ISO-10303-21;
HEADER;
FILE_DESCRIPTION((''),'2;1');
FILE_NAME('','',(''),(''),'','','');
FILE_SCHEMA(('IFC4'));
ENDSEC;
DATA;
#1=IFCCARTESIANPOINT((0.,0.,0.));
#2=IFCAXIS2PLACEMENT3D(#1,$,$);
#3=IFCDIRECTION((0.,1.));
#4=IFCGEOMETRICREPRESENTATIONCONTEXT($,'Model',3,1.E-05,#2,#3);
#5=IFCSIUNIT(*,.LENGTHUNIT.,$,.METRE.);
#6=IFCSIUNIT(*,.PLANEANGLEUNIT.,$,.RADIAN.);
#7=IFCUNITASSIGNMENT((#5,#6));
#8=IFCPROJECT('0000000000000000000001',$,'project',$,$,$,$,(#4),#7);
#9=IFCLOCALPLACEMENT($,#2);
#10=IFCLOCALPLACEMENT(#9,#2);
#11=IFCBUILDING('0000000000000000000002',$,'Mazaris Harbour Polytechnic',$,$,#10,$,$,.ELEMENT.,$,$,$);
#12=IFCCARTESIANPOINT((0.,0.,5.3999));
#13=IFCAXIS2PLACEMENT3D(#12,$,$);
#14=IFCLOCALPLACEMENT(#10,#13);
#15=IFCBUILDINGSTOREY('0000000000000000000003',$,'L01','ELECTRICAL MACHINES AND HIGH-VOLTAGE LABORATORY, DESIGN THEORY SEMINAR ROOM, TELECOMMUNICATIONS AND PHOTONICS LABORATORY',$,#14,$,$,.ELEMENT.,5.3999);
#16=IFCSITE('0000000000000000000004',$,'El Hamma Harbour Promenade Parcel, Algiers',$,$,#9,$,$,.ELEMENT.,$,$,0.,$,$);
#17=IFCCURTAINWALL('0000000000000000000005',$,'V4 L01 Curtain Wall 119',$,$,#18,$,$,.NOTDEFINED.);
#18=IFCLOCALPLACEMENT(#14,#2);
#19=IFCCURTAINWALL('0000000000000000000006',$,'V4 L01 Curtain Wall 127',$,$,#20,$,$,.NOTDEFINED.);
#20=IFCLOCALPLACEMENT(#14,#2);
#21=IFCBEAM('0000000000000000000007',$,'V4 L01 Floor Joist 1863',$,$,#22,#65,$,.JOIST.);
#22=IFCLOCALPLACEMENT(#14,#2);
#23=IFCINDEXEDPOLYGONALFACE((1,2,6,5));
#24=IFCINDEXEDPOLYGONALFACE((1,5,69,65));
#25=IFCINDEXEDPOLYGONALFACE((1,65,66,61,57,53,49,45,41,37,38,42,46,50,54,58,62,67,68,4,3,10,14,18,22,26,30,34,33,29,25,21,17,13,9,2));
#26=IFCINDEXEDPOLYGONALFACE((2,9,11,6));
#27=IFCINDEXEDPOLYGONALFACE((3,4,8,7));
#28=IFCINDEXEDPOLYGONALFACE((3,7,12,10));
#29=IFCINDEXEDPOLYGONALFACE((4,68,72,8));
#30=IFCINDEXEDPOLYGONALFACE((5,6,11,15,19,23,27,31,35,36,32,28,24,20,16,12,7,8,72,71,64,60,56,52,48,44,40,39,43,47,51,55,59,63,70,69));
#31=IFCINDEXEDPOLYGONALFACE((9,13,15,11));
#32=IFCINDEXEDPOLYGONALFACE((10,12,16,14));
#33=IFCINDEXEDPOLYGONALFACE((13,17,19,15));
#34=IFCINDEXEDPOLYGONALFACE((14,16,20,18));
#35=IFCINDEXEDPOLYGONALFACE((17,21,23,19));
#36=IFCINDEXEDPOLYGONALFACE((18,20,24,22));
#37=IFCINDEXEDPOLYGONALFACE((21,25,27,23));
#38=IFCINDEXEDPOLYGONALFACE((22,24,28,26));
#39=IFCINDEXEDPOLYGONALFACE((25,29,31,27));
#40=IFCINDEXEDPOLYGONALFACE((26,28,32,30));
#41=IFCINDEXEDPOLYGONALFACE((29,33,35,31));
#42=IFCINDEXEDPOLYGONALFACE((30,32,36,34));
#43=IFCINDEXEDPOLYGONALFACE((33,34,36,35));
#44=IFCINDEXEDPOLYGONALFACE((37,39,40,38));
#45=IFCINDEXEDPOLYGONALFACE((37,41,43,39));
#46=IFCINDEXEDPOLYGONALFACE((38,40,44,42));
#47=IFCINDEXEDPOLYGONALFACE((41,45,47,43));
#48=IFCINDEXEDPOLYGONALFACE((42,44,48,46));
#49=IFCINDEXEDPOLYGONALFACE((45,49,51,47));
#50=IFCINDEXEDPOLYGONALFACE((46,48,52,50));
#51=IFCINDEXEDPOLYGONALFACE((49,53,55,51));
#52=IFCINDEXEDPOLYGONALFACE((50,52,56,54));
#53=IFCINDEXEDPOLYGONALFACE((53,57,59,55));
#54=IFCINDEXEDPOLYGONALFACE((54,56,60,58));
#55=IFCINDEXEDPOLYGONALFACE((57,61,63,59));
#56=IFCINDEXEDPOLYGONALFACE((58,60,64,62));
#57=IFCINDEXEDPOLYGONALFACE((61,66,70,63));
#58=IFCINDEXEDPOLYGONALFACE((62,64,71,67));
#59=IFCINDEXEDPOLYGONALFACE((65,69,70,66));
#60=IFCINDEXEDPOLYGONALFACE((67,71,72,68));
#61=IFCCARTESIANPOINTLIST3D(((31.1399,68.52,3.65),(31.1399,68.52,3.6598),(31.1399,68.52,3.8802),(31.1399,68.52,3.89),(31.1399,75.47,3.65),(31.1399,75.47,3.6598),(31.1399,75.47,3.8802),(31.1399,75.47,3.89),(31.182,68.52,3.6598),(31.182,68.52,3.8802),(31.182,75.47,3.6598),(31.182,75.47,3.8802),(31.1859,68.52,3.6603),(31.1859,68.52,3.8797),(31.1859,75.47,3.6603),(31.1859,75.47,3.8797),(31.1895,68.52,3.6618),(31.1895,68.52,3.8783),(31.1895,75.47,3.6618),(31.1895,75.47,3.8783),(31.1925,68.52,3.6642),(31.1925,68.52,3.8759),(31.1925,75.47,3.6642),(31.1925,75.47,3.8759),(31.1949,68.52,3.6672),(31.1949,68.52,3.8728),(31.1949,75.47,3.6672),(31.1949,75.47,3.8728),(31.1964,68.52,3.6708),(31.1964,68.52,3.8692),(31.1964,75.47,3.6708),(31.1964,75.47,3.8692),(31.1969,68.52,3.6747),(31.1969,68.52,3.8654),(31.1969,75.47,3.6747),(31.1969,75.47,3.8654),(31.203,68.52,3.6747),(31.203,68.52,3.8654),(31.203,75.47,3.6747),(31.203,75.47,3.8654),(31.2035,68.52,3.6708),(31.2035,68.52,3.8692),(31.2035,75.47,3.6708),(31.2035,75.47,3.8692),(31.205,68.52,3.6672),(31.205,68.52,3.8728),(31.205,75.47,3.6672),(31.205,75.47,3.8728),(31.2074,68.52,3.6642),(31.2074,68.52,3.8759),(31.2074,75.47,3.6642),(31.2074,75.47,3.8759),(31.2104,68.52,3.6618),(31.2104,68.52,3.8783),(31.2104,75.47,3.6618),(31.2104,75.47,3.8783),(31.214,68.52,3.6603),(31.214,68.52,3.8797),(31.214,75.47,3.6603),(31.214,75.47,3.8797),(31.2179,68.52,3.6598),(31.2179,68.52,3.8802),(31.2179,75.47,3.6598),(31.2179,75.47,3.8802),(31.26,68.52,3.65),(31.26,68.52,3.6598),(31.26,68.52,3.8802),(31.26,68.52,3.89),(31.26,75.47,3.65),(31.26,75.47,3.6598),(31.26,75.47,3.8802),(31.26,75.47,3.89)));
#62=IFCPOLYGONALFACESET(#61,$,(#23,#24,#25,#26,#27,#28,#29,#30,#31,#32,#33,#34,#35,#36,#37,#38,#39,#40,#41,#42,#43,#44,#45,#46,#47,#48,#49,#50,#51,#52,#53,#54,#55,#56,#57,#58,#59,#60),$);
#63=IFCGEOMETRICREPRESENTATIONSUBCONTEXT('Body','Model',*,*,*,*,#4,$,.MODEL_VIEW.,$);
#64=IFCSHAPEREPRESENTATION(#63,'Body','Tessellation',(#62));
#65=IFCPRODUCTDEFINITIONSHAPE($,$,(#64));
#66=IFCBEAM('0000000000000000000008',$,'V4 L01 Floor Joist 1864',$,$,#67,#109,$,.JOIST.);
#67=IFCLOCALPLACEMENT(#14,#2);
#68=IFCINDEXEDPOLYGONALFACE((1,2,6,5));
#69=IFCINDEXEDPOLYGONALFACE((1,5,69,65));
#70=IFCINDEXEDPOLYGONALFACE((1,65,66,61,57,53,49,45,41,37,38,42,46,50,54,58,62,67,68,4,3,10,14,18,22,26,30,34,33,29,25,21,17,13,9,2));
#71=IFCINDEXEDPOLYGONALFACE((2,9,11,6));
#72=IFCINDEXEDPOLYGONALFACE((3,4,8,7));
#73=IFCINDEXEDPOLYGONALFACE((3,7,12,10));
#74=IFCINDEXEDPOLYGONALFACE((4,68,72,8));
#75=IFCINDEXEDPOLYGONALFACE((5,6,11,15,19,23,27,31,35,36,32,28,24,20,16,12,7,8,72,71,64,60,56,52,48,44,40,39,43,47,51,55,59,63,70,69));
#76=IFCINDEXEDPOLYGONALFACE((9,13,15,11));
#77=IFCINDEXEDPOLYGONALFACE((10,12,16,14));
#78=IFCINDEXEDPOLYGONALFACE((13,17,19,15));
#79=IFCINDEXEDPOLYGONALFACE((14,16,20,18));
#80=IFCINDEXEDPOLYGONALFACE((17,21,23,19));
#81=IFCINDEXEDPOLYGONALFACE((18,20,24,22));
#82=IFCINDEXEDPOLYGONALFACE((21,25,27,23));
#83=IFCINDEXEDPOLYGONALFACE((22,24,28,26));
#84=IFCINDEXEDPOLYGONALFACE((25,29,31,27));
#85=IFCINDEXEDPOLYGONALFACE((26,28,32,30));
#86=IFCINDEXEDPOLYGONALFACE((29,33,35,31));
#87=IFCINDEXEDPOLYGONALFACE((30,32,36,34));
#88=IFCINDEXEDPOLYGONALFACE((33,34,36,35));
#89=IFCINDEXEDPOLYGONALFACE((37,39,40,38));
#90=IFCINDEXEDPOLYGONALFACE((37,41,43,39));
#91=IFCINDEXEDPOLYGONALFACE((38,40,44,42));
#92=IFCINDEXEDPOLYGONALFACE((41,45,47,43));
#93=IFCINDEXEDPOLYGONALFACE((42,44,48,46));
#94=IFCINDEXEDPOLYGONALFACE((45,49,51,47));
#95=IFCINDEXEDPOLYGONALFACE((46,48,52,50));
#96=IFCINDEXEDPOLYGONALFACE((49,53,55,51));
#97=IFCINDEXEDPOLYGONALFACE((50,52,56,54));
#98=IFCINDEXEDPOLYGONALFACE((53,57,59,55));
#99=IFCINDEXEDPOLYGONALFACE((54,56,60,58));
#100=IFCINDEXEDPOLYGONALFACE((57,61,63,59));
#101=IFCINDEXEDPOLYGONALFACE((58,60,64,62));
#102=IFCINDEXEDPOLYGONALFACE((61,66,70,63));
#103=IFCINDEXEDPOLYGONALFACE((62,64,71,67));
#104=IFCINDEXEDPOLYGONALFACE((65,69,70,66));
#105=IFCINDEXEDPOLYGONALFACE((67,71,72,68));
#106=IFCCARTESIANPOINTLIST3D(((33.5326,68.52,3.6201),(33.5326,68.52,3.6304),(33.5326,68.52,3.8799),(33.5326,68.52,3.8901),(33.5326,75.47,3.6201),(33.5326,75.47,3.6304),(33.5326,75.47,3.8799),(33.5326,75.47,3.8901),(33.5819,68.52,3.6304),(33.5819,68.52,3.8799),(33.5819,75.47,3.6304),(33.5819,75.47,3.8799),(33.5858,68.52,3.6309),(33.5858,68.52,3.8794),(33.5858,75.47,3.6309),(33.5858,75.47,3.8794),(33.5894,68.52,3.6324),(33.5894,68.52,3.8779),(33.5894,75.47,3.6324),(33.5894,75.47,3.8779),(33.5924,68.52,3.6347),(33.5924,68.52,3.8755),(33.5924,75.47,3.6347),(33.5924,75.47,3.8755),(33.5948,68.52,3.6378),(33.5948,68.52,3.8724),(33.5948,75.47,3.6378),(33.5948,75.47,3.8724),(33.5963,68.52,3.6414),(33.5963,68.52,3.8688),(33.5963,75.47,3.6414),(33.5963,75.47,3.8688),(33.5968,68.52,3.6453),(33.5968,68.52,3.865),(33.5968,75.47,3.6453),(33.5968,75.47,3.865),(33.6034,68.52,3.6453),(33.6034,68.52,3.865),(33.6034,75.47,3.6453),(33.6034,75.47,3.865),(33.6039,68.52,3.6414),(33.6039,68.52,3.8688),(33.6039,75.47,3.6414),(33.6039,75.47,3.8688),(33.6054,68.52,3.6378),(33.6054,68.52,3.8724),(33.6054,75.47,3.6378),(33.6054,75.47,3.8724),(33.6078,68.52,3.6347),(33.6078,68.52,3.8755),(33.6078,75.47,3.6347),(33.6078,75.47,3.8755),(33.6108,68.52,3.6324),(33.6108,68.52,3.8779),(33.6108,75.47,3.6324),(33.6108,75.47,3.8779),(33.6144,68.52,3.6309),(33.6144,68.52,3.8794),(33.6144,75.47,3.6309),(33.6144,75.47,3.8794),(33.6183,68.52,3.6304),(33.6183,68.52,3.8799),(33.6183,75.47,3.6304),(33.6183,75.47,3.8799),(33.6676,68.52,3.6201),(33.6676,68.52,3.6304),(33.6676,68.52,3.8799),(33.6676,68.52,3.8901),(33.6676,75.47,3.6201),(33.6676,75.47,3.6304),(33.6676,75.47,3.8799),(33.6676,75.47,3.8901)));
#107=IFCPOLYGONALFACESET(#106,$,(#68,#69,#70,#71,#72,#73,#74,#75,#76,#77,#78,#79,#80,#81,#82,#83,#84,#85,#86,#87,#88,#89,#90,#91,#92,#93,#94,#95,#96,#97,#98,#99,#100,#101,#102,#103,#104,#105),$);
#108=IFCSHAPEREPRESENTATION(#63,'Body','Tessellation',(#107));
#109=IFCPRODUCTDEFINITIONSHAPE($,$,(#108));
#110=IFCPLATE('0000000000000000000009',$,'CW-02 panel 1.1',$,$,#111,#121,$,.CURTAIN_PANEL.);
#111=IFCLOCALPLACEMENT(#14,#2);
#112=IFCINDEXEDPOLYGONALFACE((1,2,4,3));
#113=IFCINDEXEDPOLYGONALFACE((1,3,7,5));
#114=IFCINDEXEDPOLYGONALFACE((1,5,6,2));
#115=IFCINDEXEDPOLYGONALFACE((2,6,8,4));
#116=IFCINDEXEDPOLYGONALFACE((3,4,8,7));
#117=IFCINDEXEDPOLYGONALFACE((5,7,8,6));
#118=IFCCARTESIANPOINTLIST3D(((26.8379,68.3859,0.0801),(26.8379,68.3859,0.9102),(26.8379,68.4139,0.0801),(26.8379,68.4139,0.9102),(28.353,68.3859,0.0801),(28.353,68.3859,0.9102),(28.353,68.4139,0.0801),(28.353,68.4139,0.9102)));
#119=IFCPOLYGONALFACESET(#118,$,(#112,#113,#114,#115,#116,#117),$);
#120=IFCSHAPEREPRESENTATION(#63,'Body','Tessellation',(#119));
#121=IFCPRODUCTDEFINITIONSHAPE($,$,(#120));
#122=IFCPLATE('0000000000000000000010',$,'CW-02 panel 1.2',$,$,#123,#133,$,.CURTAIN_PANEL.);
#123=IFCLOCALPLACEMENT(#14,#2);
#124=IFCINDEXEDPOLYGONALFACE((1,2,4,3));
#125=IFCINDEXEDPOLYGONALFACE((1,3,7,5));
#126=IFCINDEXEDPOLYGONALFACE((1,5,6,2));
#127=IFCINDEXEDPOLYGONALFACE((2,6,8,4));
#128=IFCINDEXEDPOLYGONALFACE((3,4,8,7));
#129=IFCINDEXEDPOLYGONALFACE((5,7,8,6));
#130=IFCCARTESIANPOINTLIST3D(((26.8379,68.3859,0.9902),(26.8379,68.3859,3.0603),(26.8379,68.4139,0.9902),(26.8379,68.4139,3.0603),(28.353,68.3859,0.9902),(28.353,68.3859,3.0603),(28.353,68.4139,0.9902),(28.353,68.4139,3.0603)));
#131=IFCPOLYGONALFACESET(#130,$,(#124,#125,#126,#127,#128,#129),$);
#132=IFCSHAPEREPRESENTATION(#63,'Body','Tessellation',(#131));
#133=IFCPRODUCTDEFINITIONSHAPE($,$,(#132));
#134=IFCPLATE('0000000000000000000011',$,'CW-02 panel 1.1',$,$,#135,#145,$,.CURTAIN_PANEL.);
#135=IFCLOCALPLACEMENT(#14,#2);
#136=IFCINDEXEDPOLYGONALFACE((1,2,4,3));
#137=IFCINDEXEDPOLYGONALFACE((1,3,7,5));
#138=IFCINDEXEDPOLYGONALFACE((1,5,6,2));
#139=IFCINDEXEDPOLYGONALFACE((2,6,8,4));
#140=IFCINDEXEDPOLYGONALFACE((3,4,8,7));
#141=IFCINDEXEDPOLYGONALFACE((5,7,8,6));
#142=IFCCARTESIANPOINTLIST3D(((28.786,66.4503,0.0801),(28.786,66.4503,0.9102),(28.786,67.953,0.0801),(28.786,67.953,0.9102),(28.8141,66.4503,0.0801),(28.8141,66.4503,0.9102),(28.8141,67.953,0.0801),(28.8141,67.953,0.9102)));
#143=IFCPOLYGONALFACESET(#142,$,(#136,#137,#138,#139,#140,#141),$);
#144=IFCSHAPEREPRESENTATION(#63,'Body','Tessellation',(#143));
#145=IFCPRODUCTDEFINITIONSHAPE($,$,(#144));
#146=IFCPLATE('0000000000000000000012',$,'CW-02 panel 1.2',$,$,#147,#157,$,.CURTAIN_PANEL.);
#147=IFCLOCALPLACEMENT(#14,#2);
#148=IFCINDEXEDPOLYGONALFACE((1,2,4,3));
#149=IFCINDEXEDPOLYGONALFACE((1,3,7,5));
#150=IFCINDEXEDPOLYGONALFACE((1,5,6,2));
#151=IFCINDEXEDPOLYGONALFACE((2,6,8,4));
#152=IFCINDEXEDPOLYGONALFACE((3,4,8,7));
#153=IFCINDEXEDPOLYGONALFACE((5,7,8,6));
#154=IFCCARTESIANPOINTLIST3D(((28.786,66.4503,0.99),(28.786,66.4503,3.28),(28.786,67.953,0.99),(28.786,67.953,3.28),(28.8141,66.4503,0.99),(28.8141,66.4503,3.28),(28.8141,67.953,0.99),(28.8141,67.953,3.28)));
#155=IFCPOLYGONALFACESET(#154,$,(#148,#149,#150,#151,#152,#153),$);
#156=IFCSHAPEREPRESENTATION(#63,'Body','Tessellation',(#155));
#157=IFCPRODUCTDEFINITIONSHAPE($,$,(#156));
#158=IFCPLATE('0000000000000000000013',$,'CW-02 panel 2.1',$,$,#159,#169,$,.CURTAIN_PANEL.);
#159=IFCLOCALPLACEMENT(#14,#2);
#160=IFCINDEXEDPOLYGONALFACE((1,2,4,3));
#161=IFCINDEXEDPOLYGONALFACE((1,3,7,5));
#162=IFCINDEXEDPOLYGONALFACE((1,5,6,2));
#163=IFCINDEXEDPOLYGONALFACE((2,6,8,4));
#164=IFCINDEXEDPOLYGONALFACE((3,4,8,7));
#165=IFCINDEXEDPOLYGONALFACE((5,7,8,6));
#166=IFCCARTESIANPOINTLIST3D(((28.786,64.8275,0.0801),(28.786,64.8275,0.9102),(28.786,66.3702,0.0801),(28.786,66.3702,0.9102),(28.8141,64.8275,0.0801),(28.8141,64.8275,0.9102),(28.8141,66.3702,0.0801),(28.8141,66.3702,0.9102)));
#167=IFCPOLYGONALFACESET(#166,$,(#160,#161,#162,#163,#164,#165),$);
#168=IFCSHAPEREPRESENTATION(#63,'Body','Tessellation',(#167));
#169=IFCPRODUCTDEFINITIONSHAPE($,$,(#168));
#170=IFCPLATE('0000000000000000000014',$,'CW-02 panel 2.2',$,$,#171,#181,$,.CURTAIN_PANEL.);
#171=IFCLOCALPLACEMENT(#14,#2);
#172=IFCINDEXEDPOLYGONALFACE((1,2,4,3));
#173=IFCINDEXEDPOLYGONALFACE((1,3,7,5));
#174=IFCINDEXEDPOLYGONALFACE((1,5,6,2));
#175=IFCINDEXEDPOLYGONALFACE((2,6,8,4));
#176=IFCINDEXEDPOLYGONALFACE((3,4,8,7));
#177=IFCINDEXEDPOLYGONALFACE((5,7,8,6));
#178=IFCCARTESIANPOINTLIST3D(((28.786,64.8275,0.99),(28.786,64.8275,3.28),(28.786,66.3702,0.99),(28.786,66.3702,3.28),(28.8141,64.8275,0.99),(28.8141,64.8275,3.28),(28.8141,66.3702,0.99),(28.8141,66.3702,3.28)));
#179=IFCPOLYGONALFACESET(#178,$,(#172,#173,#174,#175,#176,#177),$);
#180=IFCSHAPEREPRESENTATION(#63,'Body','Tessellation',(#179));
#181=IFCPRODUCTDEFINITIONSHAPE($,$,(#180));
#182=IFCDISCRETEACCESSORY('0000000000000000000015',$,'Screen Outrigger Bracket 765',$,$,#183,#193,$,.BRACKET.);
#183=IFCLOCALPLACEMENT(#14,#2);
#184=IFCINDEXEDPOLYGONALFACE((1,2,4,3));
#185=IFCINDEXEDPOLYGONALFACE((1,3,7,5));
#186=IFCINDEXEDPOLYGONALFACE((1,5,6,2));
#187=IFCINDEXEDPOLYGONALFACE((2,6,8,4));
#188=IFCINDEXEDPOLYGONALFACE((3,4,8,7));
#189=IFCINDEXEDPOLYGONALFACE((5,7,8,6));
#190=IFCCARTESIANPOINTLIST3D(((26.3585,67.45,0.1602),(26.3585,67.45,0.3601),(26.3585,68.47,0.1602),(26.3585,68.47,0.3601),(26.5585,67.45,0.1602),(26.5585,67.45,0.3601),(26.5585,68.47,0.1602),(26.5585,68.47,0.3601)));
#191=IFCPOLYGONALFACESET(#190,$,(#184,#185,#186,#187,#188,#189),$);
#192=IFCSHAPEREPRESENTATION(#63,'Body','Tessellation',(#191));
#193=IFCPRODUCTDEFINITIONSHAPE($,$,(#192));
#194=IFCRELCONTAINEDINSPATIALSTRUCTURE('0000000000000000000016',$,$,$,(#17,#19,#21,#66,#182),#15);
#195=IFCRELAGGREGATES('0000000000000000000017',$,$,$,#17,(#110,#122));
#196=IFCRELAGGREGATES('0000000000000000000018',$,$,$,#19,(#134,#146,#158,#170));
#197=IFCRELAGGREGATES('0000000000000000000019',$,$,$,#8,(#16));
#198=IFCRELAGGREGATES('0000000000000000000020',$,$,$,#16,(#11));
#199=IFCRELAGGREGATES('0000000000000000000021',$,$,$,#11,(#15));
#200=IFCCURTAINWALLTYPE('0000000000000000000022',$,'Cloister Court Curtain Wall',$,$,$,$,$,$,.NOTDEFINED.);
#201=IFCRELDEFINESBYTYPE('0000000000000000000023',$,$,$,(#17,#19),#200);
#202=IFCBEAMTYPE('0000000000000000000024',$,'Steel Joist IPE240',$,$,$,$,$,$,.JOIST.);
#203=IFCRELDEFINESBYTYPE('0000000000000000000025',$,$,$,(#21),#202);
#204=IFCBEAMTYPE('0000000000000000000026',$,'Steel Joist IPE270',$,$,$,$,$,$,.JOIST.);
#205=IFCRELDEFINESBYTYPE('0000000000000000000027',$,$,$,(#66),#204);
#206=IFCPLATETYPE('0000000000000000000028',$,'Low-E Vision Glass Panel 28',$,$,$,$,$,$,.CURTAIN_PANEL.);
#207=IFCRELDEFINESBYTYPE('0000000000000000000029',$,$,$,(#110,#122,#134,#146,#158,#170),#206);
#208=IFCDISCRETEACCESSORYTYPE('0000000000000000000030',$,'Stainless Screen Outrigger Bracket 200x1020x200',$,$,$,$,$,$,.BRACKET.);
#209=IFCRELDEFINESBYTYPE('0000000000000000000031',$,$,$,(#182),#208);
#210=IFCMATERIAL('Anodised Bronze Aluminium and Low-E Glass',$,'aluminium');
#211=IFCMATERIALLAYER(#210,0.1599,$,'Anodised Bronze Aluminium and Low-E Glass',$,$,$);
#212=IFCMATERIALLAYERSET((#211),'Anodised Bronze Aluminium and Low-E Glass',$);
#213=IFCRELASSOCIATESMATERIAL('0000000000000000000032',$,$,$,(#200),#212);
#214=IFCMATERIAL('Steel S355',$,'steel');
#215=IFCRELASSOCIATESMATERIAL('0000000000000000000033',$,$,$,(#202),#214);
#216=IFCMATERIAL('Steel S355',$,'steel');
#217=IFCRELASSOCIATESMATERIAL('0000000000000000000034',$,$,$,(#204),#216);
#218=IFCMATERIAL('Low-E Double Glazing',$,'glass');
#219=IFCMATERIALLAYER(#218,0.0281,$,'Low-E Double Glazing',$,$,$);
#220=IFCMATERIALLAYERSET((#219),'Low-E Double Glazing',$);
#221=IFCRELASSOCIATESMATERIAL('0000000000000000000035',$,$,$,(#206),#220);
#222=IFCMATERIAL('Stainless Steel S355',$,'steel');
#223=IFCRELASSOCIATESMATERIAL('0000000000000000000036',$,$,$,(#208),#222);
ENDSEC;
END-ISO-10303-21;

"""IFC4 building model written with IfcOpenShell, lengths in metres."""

from ifc_helpers import new_model, si_unit, direction, frame, origin, origin_2d, place, context, subcontext, project, spatial, rectangle, i_section, extrude, material, layer, layer_set, material_profile, profile_set, type_object, element, aggregate, save


model = new_model("IFC4")

# Units and contexts
model_context = context("Model", 3, precision=1e-05, world=origin(), true_north=direction((0.0, 1.0)))
body_context = subcontext(model_context, "Body", "Model", "MODEL_VIEW")
ifc_project = project(units=[si_unit("LENGTHUNIT", "METRE"), si_unit("PLANEANGLEUNIT", "RADIAN")], contexts=[model_context])

# Site, building, storey
site_placement = place(None, origin())
site = spatial("IfcSite", under=ifc_project, at=site_placement, Name="El Hamma Harbour Promenade Parcel, Algiers", CompositionType="ELEMENT", RefElevation=0.0)
building_placement = place(site_placement, origin())
building = spatial("IfcBuilding", under=site, at=building_placement, Name="Mazaris Harbour Polytechnic", CompositionType="ELEMENT")
storey_placement = place(building_placement, frame((0.0, 0.0, 5.3999)))
storey = spatial("IfcBuildingStorey", under=building, at=storey_placement, Name="L01", Description="ELECTRICAL MACHINES AND HIGH-VOLTAGE LABORATORY, DESIGN THEORY SEMINAR ROOM, TELECOMMUNICATIONS AND PHOTONICS LABORATORY", CompositionType="ELEMENT", Elevation=5.3999)

# Curtain walls
ifc_material_1 = material(Name="Anodised Bronze Aluminium and Low-E Glass", Category="aluminium")
ifc_layer_1 = layer(ifc_material_1, 0.1599, Name="Anodised Bronze Aluminium and Low-E Glass")
ifc_layer_set_1 = layer_set([ifc_layer_1], Name="Anodised Bronze Aluminium and Low-E Glass")
curtain_wall_type = type_object("IfcCurtainWallType", Name="Cloister Court Curtain Wall", PredefinedType="NOTDEFINED", material=ifc_layer_set_1)
curtain_wall_1_placement = place(storey_placement, origin())
curtain_wall_1 = element("IfcCurtainWall", 1, at=curtain_wall_1_placement, inside=storey, type_object=curtain_wall_type, Name="V4 L01 Curtain Wall 119", PredefinedType="NOTDEFINED")
curtain_wall_2_placement = place(storey_placement, origin())
curtain_wall_2 = element("IfcCurtainWall", 2, at=curtain_wall_2_placement, inside=storey, type_object=curtain_wall_type, Name="V4 L01 Curtain Wall 127", PredefinedType="NOTDEFINED")

# Beams
ifc_material_2 = material(Name="Steel S355", Category="steel")
ifc_material_profile_1 = material_profile(ifc_material_2, i_section(OverallWidth=0.1201, OverallDepth=0.24, WebThickness=0.0061, FlangeThickness=0.0098, FilletRadius=0.0149, at=origin_2d()), Name="IPE 240")
ifc_profile_set_1 = profile_set([ifc_material_profile_1], Name="Steel S355")
beam_type_1 = type_object("IfcBeamType", Name="Steel Joist IPE240", PredefinedType="JOIST", material=ifc_profile_set_1)
beam_1_placement = place(storey_placement, frame((31.2, 68.52, 3.77), z_axis=(0.0, 1.0, 0.0), x_axis=(-1.0, 0.0, 0.0)))
element("IfcBeam", 3, at=beam_1_placement, inside=storey, type_object=beam_type_1, Name="V4 L01 Floor Joist 1863", PredefinedType="JOIST", context=body_context, shape_type="SweptSolid", body=[
    extrude(i_section(OverallWidth=0.1201, OverallDepth=0.24, WebThickness=0.0061, FlangeThickness=0.0098, FilletRadius=0.0149, at=origin_2d()), origin(), (0.0, 0.0, 1.0), 6.95),
])
ifc_material_3 = material(Name="Steel S355", Category="steel")
ifc_material_profile_2 = material_profile(ifc_material_3, i_section(OverallWidth=0.135, OverallDepth=0.27, WebThickness=0.0066, FlangeThickness=0.0103, FilletRadius=0.0149, at=origin_2d()), Name="IPE 270")
ifc_profile_set_2 = profile_set([ifc_material_profile_2], Name="Steel S355")
beam_type_2 = type_object("IfcBeamType", Name="Steel Joist IPE270", PredefinedType="JOIST", material=ifc_profile_set_2)
beam_2_placement = place(storey_placement, frame((33.6001, 68.52, 3.7551), z_axis=(0.0, 1.0, 0.0), x_axis=(-1.0, 0.0, 0.0)))
element("IfcBeam", 4, at=beam_2_placement, inside=storey, type_object=beam_type_2, Name="V4 L01 Floor Joist 1864", PredefinedType="JOIST", context=body_context, shape_type="SweptSolid", body=[
    extrude(i_section(OverallWidth=0.135, OverallDepth=0.27, WebThickness=0.0066, FlangeThickness=0.0103, FilletRadius=0.0149, at=origin_2d()), origin(), (0.0, 0.0, 1.0), 6.95),
])

# Plates
ifc_material_4 = material(Name="Low-E Double Glazing", Category="glass")
ifc_layer_2 = layer(ifc_material_4, 0.0281, Name="Low-E Double Glazing")
ifc_layer_set_2 = layer_set([ifc_layer_2], Name="Low-E Double Glazing")
plate_type = type_object("IfcPlateType", Name="Low-E Vision Glass Panel 28", PredefinedType="CURTAIN_PANEL", material=ifc_layer_set_2)
plate_1_placement = place(storey_placement, frame((27.5955, 68.3999, 0.0801), z_axis=(0.0, 0.0, 1.0), x_axis=(-1.0, 0.0, 0.0)))
plate_1 = element("IfcPlate", 5, at=plate_1_placement, type_object=plate_type, Name="CW-02 panel 1.1", PredefinedType="CURTAIN_PANEL", context=body_context, shape_type="SweptSolid", body=[
    extrude(rectangle(XDim=1.5151, YDim=0.0281, at=origin_2d()), origin(), (0.0, 0.0, 1.0), 0.8301),
])
plate_2_placement = place(storey_placement, frame((27.5955, 68.3999, 0.9902), z_axis=(0.0, 0.0, 1.0), x_axis=(-1.0, 0.0, 0.0)))
plate_2 = element("IfcPlate", 6, at=plate_2_placement, type_object=plate_type, Name="CW-02 panel 1.2", PredefinedType="CURTAIN_PANEL", context=body_context, shape_type="SweptSolid", body=[
    extrude(rectangle(XDim=1.5151, YDim=0.0281, at=origin_2d()), origin(), (0.0, 0.0, 1.0), 2.0701),
])
aggregate(curtain_wall_1, [plate_1, plate_2])
plate_3_placement = place(storey_placement, frame((28.8, 67.2017, 0.0801), z_axis=(0.0, 0.0, 1.0), x_axis=(0.0, -1.0, 0.0)))
plate_3 = element("IfcPlate", 7, at=plate_3_placement, type_object=plate_type, Name="CW-02 panel 1.1", PredefinedType="CURTAIN_PANEL", context=body_context, shape_type="SweptSolid", body=[
    extrude(rectangle(XDim=1.5027, YDim=0.0281, at=origin_2d()), origin(), (0.0, 0.0, 1.0), 0.8301),
])
plate_4_placement = place(storey_placement, frame((28.8, 67.2017, 0.99), z_axis=(0.0, 0.0, 1.0), x_axis=(0.0, -1.0, 0.0)))
plate_4 = element("IfcPlate", 8, at=plate_4_placement, type_object=plate_type, Name="CW-02 panel 1.2", PredefinedType="CURTAIN_PANEL", context=body_context, shape_type="SweptSolid", body=[
    extrude(rectangle(XDim=1.5027, YDim=0.0281, at=origin_2d()), origin(), (0.0, 0.0, 1.0), 2.29),
])
plate_5_placement = place(storey_placement, frame((28.8, 65.5989, 0.0801), z_axis=(0.0, 0.0, 1.0), x_axis=(0.0, -1.0, 0.0)))
plate_5 = element("IfcPlate", 9, at=plate_5_placement, type_object=plate_type, Name="CW-02 panel 2.1", PredefinedType="CURTAIN_PANEL", context=body_context, shape_type="SweptSolid", body=[
    extrude(rectangle(XDim=1.5427, YDim=0.0281, at=origin_2d()), origin(), (0.0, 0.0, 1.0), 0.8301),
])
plate_6_placement = place(storey_placement, frame((28.8, 65.5989, 0.99), z_axis=(0.0, 0.0, 1.0), x_axis=(0.0, -1.0, 0.0)))
plate_6 = element("IfcPlate", 10, at=plate_6_placement, type_object=plate_type, Name="CW-02 panel 2.2", PredefinedType="CURTAIN_PANEL", context=body_context, shape_type="SweptSolid", body=[
    extrude(rectangle(XDim=1.5427, YDim=0.0281, at=origin_2d()), origin(), (0.0, 0.0, 1.0), 2.29),
])
aggregate(curtain_wall_2, [plate_3, plate_4, plate_5, plate_6])

# Discrete accessory
ifc_material_5 = material(Name="Stainless Steel S355", Category="steel")
discrete_accessory_type = type_object("IfcDiscreteAccessoryType", Name="Stainless Screen Outrigger Bracket 200x1020x200", PredefinedType="BRACKET", material=ifc_material_5)
for number, where, z_axis, x_axis, name in (
    (11, (26.4585, 67.96, 0.1602), (0.0, 0.0, 1.0), (-1.0, 0.0, 0.0), "Screen Outrigger Bracket 765"),
):
    element("IfcDiscreteAccessory", number, at=place(storey_placement, frame(where, z_axis=z_axis, x_axis=x_axis)), inside=storey, type_object=discrete_accessory_type, Name=name, PredefinedType="BRACKET", context=body_context, shape_type="SweptSolid", body=[
        extrude(rectangle(XDim=0.2, YDim=1.02, at=origin_2d()), origin(), (0.0, 0.0, 1.0), 0.2),
    ])

save(model, "model.ifc")
